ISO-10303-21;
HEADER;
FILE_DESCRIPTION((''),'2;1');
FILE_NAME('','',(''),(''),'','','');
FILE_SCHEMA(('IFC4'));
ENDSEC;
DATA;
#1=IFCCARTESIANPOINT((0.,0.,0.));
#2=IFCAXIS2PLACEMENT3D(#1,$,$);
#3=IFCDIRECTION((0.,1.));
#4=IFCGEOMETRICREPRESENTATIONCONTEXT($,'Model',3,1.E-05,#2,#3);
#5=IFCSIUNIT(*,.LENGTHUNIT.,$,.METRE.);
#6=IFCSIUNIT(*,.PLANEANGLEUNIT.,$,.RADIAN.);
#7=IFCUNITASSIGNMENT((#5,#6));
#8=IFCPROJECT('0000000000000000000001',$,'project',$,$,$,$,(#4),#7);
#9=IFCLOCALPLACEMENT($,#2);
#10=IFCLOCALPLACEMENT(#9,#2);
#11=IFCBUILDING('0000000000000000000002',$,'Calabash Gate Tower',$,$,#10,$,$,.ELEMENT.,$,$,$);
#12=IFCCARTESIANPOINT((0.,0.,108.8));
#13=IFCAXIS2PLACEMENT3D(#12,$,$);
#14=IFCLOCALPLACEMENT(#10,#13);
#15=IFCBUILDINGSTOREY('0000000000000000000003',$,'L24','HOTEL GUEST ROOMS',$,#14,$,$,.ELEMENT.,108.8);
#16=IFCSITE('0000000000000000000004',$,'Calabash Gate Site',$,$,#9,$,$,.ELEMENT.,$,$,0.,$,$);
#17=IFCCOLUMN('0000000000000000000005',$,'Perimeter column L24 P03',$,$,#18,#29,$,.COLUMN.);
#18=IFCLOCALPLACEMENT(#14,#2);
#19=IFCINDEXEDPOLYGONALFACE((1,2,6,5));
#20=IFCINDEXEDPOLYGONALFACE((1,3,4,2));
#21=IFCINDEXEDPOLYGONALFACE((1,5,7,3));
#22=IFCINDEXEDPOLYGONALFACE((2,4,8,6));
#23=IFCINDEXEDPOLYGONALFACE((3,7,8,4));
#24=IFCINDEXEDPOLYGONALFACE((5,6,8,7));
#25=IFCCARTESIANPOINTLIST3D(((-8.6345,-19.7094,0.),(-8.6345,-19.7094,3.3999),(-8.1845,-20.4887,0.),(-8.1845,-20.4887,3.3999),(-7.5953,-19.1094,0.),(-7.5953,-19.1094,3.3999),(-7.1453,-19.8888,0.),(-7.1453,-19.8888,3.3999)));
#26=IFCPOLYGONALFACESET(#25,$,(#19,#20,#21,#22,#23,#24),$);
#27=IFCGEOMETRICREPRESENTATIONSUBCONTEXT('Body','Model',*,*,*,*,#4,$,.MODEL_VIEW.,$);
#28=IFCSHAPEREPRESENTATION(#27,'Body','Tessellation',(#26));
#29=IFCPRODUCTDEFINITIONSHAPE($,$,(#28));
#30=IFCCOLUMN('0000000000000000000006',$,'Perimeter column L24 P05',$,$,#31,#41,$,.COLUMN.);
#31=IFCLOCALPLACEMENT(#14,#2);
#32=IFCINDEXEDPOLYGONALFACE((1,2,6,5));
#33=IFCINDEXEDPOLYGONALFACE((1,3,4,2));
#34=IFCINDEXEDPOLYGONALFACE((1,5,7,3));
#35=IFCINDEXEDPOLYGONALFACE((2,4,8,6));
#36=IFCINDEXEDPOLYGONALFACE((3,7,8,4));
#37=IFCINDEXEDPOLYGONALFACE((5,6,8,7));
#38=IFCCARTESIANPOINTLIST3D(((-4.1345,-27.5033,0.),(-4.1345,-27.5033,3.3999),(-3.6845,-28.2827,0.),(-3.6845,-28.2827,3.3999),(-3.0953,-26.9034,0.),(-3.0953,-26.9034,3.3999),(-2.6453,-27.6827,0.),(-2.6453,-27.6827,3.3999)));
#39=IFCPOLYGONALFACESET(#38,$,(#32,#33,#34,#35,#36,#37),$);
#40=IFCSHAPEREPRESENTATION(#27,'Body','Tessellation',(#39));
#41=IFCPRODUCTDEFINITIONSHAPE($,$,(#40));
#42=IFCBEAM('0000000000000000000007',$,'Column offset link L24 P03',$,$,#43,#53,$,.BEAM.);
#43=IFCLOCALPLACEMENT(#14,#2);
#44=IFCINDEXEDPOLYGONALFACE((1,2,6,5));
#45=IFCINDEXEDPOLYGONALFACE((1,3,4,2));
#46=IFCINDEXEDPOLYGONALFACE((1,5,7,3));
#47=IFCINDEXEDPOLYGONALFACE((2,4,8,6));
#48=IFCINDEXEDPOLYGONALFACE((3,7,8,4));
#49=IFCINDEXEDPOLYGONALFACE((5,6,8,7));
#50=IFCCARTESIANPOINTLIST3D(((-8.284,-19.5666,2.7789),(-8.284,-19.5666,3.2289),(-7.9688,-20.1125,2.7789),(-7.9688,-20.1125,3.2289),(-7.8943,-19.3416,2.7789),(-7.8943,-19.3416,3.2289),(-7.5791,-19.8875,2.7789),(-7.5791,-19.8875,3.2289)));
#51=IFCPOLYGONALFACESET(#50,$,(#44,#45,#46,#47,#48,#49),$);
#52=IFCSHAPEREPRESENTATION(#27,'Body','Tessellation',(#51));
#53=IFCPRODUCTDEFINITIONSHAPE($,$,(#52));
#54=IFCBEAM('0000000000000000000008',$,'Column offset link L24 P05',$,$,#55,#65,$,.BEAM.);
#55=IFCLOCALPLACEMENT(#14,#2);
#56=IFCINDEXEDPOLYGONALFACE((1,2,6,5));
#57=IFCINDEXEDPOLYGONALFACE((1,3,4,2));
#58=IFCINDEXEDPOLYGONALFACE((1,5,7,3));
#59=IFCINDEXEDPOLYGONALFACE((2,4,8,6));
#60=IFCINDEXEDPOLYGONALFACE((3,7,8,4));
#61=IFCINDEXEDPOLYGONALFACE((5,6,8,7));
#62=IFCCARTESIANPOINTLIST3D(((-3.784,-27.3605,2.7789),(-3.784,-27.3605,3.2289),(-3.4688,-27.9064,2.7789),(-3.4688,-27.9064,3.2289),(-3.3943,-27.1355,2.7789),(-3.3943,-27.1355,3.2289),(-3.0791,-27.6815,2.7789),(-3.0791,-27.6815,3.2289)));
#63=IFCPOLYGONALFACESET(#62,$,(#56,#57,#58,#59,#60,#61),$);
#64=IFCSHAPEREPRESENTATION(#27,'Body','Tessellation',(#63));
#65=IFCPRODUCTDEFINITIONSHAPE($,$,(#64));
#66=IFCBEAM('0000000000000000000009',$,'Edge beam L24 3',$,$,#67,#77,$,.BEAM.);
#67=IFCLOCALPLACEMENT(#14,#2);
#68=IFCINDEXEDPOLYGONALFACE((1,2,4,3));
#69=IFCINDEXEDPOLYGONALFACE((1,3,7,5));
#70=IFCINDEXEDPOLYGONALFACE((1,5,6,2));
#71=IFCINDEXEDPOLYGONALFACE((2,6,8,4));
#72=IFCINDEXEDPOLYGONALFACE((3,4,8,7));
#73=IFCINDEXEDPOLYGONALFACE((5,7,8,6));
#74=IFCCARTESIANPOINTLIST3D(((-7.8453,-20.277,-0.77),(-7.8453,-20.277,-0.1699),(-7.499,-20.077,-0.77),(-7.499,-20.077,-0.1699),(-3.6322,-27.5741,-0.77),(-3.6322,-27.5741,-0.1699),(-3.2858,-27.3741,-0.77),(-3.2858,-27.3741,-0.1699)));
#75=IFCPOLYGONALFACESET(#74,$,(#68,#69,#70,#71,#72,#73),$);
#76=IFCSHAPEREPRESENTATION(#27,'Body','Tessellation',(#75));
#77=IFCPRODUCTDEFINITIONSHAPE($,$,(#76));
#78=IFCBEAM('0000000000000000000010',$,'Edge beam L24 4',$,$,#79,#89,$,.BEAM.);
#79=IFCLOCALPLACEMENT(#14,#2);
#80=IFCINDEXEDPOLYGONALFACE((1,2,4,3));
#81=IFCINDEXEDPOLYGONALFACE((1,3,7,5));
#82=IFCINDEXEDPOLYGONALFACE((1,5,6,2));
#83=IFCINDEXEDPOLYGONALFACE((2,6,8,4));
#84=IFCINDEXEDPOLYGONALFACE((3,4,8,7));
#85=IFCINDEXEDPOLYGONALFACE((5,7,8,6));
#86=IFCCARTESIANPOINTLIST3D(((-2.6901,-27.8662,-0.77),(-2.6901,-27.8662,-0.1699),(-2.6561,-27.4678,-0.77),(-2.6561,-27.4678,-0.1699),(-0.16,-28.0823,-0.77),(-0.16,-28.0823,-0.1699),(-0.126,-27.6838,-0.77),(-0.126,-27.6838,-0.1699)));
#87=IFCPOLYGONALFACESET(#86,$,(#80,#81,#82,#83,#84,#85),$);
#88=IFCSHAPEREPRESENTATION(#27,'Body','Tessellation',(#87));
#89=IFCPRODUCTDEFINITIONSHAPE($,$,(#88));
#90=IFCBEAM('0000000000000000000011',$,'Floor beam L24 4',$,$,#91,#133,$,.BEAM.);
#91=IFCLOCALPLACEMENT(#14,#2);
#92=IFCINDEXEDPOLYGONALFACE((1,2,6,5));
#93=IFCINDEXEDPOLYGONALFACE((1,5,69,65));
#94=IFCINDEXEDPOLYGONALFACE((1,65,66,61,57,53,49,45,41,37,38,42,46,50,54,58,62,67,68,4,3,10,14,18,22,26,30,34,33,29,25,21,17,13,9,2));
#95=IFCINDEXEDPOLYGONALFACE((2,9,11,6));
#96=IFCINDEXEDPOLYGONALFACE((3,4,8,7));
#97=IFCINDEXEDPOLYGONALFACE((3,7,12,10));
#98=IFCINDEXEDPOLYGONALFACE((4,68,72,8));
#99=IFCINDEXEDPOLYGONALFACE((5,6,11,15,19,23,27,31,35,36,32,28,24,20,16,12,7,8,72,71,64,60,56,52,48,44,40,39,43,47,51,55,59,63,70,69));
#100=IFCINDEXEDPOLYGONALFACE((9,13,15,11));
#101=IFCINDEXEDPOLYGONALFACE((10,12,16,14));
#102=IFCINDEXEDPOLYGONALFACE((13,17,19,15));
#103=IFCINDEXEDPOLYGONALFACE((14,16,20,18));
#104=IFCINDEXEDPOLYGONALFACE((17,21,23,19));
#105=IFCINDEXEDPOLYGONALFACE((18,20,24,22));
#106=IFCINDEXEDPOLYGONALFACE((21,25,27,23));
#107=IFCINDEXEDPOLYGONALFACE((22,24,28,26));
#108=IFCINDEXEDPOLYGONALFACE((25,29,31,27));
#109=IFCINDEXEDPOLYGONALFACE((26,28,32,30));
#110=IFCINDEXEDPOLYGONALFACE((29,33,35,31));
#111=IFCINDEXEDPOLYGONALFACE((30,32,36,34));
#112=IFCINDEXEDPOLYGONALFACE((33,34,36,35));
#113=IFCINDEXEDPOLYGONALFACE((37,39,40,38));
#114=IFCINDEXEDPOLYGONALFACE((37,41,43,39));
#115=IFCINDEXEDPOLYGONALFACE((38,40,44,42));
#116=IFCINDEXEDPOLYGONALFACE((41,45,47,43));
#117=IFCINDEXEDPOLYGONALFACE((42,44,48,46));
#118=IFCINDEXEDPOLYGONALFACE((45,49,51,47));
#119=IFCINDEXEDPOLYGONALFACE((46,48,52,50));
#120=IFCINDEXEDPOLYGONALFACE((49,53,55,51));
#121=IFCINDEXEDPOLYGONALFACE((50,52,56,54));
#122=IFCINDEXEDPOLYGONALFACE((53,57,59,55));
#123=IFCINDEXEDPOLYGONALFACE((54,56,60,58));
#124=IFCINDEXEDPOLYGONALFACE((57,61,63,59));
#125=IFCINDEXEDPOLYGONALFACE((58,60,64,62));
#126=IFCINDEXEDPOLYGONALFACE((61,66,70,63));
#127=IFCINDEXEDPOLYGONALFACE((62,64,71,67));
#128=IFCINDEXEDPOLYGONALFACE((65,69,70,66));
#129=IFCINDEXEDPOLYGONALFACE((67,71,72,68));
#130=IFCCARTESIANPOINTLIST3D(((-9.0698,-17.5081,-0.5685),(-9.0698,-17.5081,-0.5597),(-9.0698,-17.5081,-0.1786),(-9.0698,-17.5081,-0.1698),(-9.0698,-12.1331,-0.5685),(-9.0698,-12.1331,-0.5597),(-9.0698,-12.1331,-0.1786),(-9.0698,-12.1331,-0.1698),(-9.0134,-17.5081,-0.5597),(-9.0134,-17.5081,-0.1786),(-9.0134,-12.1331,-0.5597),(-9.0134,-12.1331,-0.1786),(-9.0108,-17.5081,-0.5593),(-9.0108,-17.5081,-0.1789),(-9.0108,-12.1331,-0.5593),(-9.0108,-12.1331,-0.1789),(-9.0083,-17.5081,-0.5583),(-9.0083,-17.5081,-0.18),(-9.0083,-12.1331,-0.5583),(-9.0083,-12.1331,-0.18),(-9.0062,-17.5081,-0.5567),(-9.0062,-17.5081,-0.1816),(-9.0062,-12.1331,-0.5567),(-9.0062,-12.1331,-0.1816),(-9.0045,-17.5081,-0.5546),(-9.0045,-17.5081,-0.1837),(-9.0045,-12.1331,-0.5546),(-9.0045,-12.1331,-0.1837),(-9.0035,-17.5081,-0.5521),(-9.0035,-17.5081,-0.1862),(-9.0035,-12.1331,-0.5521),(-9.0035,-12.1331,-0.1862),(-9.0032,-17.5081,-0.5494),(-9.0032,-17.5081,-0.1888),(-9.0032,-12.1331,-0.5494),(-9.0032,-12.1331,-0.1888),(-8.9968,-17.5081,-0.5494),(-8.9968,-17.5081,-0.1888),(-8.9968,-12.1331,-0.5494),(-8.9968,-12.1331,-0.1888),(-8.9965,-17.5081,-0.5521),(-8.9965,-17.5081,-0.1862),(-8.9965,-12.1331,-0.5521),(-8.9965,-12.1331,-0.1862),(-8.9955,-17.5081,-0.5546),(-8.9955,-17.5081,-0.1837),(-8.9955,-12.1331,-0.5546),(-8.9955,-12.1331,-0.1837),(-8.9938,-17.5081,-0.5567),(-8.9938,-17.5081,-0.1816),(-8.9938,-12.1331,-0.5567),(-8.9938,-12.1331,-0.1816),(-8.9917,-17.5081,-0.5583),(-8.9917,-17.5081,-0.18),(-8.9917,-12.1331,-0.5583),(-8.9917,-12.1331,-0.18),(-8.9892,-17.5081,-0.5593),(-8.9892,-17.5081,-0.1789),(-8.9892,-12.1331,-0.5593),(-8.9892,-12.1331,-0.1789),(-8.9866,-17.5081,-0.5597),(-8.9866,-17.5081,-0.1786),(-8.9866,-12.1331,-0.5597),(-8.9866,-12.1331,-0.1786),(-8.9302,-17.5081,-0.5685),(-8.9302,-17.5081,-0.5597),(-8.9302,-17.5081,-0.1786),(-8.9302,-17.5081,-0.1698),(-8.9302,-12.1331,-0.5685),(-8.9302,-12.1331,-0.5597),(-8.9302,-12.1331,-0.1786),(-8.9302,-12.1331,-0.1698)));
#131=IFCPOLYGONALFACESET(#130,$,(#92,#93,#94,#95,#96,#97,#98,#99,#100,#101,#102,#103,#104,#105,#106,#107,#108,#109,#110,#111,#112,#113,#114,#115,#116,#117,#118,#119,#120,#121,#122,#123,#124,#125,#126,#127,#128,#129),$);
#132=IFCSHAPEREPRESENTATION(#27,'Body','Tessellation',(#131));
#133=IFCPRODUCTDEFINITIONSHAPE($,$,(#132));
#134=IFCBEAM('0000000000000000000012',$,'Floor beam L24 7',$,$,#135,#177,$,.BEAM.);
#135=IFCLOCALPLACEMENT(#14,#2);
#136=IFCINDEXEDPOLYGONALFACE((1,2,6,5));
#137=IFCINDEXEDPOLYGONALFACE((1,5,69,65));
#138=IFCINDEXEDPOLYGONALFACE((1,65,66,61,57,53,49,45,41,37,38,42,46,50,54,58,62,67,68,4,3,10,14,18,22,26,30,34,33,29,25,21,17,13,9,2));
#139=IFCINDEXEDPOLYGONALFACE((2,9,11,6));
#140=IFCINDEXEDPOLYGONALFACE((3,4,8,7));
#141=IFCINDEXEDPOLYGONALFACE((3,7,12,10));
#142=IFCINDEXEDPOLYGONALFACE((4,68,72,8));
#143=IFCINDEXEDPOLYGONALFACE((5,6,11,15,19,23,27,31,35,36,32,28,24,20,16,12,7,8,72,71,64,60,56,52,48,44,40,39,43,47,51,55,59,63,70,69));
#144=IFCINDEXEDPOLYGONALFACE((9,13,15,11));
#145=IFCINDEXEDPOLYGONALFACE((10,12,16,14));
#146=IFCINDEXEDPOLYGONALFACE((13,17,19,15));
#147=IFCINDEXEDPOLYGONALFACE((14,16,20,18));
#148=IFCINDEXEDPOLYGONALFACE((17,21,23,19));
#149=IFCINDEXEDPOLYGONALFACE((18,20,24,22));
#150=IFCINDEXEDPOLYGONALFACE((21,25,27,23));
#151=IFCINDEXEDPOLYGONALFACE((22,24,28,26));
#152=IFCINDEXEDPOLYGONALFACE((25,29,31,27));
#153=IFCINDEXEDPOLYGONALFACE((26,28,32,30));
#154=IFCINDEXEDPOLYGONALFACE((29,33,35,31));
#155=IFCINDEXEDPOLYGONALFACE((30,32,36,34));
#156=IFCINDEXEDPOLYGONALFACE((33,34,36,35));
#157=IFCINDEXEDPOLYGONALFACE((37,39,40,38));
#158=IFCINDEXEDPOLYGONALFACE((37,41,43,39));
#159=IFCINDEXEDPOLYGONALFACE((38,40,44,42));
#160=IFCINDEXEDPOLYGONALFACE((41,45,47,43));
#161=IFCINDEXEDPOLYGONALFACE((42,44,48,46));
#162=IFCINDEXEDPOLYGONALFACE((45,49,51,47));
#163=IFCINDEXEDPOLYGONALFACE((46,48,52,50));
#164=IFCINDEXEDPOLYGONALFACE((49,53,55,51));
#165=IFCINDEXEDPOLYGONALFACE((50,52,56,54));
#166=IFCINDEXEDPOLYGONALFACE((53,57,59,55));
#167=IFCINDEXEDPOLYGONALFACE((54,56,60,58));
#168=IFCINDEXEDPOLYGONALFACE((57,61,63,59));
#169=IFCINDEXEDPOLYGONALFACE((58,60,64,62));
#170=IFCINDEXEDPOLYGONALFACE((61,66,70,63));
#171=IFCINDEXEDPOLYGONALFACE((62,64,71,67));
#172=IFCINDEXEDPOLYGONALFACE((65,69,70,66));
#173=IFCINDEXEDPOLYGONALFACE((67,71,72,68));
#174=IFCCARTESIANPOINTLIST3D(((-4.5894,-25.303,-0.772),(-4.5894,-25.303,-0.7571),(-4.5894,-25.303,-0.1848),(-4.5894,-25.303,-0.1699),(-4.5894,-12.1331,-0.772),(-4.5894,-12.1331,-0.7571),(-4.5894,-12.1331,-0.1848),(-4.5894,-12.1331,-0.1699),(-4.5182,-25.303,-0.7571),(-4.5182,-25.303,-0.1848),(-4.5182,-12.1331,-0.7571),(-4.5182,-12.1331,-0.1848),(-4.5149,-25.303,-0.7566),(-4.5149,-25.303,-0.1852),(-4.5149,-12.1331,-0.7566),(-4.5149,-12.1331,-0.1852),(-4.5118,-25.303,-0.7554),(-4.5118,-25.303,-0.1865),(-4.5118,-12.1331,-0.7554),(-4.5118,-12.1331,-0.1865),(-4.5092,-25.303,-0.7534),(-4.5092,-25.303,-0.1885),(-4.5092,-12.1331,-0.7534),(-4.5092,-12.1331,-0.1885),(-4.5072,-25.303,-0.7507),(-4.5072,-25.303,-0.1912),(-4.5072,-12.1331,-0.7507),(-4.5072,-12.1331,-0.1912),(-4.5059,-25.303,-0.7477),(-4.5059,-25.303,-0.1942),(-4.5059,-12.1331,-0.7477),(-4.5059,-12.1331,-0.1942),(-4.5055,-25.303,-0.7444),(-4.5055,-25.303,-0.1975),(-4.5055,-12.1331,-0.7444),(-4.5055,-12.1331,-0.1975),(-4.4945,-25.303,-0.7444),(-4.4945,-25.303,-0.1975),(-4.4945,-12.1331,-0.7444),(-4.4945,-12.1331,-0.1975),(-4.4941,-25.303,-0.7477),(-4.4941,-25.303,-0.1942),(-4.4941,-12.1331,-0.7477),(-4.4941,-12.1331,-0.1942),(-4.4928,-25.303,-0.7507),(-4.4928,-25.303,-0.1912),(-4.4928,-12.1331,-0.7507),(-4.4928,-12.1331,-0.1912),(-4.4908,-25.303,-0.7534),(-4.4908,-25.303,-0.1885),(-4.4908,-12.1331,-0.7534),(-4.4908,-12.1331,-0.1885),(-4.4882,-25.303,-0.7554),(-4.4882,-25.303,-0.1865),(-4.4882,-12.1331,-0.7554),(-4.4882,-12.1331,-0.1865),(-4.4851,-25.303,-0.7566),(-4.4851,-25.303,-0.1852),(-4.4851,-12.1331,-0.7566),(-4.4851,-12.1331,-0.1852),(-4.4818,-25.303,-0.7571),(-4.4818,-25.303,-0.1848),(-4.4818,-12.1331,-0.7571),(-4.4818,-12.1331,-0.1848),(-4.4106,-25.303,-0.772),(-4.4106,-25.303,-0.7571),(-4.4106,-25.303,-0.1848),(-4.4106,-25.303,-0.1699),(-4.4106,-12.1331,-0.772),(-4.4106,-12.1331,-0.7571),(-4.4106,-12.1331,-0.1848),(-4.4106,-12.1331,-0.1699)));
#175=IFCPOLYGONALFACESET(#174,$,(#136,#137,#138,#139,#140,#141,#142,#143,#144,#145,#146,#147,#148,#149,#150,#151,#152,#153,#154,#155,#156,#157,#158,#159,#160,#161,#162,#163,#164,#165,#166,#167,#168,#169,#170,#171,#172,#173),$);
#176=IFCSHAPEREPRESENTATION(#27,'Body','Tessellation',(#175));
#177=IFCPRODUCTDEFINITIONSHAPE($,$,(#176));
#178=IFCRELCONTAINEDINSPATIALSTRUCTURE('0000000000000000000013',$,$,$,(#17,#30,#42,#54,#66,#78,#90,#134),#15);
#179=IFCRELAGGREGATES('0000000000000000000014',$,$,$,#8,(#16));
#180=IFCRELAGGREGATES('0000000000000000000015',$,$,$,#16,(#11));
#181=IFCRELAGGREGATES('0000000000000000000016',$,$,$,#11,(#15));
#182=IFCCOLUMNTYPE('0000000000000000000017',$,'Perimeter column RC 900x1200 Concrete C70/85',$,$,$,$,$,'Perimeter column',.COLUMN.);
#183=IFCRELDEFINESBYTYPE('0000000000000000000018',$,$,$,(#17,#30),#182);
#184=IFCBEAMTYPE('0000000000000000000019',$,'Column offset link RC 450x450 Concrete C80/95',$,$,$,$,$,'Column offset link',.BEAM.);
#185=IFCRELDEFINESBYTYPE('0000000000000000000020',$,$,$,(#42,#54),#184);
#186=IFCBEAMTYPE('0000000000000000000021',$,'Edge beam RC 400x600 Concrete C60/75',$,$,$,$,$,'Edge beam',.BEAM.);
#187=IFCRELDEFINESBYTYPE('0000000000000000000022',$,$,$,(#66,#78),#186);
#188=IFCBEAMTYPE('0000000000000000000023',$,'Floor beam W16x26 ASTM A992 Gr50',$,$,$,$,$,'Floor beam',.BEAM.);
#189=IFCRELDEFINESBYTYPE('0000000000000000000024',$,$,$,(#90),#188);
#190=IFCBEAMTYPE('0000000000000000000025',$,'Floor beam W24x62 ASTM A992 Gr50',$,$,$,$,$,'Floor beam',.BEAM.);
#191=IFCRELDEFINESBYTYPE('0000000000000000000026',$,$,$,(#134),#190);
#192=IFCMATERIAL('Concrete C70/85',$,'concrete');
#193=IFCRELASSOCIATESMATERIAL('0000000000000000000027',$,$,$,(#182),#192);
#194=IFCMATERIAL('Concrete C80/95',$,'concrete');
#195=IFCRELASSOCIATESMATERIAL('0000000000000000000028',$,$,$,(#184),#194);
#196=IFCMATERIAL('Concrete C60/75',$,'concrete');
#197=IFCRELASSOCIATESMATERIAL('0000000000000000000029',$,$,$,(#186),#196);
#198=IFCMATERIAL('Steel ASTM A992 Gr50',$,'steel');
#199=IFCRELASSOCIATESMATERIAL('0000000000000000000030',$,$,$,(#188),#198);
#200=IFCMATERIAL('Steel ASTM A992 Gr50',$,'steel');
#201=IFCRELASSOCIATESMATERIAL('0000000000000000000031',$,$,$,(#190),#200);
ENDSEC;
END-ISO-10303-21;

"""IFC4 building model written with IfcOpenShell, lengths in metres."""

from ifc_helpers import new_model, si_unit, direction, frame, origin, origin_2d, place, context, subcontext, project, spatial, rectangle, i_section, extrude, material, material_profile, profile_set, type_object, element, save


model = new_model("IFC4")

# Units and contexts
model_context = context("Model", 3, precision=1e-05, world=origin(), true_north=direction((0.0, 1.0)))
body_context = subcontext(model_context, "Body", "Model", "MODEL_VIEW")
ifc_project = project(units=[si_unit("LENGTHUNIT", "METRE"), si_unit("PLANEANGLEUNIT", "RADIAN")], contexts=[model_context])

# Site, building, storey
site_placement = place(None, origin())
site = spatial("IfcSite", under=ifc_project, at=site_placement, Name="Calabash Gate Site", CompositionType="ELEMENT", RefElevation=0.0)
building_placement = place(site_placement, origin())
building = spatial("IfcBuilding", under=site, at=building_placement, Name="Calabash Gate Tower", CompositionType="ELEMENT")
storey_placement = place(building_placement, frame((0.0, 0.0, 108.8)))
storey = spatial("IfcBuildingStorey", under=building, at=storey_placement, Name="L24", Description="HOTEL GUEST ROOMS", CompositionType="ELEMENT", Elevation=108.8)

# Columns
ifc_material_1 = material(Name="Concrete C70/85", Category="concrete")
ifc_material_profile_1 = material_profile(ifc_material_1, rectangle(XDim=0.8999, YDim=1.2, at=origin_2d()))
ifc_profile_set_1 = profile_set([ifc_material_profile_1], Name="Concrete C70/85")
column_type = type_object("IfcColumnType", Name="Perimeter column RC 900x1200 Concrete C70/85", ElementType="Perimeter column", PredefinedType="COLUMN", material=ifc_profile_set_1)
for number, where, z_axis, x_axis, name in (
    (1, (-7.8899, -19.7991, 0.0), (0.0, 0.0, 1.0), (0.5, -0.866025, 0.0), "Perimeter column L24 P03"),
    (2, (-3.3899, -27.593, 0.0), (0.0, 0.0, 1.0), (0.5, -0.866025, 0.0), "Perimeter column L24 P05"),
):
    element("IfcColumn", number, at=place(storey_placement, frame(where, z_axis=z_axis, x_axis=x_axis)), inside=storey, type_object=column_type, Name=name, PredefinedType="COLUMN", context=body_context, shape_type="SweptSolid", body=[
        extrude(rectangle(XDim=0.8999, YDim=1.2, at=origin_2d()), origin(), (0.0, 0.0, 1.0), 3.3999),
    ])

# Beams
ifc_material_2 = material(Name="Concrete C80/95", Category="concrete")
ifc_material_profile_2 = material_profile(ifc_material_2, rectangle(XDim=0.45, YDim=0.45, at=origin_2d()))
ifc_profile_set_2 = profile_set([ifc_material_profile_2], Name="Concrete C80/95")
beam_type_1 = type_object("IfcBeamType", Name="Column offset link RC 450x450 Concrete C80/95", ElementType="Column offset link", PredefinedType="BEAM", material=ifc_profile_set_2)
for number, where, z_axis, x_axis, name in (
    (3, (-7.7739, -20.0, 3.0039), (-0.500013, 0.866018, 0.0), (-0.866018, -0.500013, 0.0), "Column offset link L24 P03"),
    (4, (-3.2739, -27.7939, 3.0039), (-0.500013, 0.866018, 0.0), (-0.866018, -0.500013, 0.0), "Column offset link L24 P05"),
):
    element("IfcBeam", number, at=place(storey_placement, frame(where, z_axis=z_axis, x_axis=x_axis)), inside=storey, type_object=beam_type_1, Name=name, PredefinedType="BEAM", context=body_context, shape_type="SweptSolid", body=[
        extrude(rectangle(XDim=0.45, YDim=0.45, at=origin_2d()), origin(), (0.0, 0.0, 1.0), 0.6304),
    ])
ifc_material_3 = material(Name="Concrete C60/75", Category="concrete")
ifc_material_profile_3 = material_profile(ifc_material_3, rectangle(XDim=0.3999, YDim=0.6001, at=origin_2d()))
ifc_profile_set_3 = profile_set([ifc_material_profile_3], Name="Concrete C60/75")
beam_type_2 = type_object("IfcBeamType", Name="Edge beam RC 400x600 Concrete C60/75", ElementType="Edge beam", PredefinedType="BEAM", material=ifc_profile_set_3)
beam_1_placement = place(storey_placement, frame((-7.6721, -20.177, -0.47), z_axis=(0.500013, -0.866018, 0.0), x_axis=(0.866018, 0.500013, 0.0)))
element("IfcBeam", 5, at=beam_1_placement, inside=storey, type_object=beam_type_2, Name="Edge beam L24 3", PredefinedType="BEAM", context=body_context, shape_type="SweptSolid", body=[
    extrude(rectangle(XDim=0.3999, YDim=0.6001, at=origin_2d()), origin(), (0.0, 0.0, 1.0), 8.426),
])
beam_2_placement = place(storey_placement, frame((-2.6731, -27.667, -0.47), z_axis=(0.996373, -0.08509, 0.0), x_axis=(0.08509, 0.996373, 0.0)))
element("IfcBeam", 6, at=beam_2_placement, inside=storey, type_object=beam_type_2, Name="Edge beam L24 4", PredefinedType="BEAM", context=body_context, shape_type="SweptSolid", body=[
    extrude(rectangle(XDim=0.3999, YDim=0.6001, at=origin_2d()), origin(), (0.0, 0.0, 1.0), 2.5393),
])
ifc_material_4 = material(Name="Steel ASTM A992 Gr50", Category="steel")
ifc_material_profile_4 = material_profile(ifc_material_4, i_section(OverallWidth=0.1396, OverallDepth=0.3987, WebThickness=0.0063, FlangeThickness=0.0088, FilletRadius=0.0103, at=origin_2d()))
ifc_profile_set_4 = profile_set([ifc_material_profile_4], Name="Steel ASTM A992 Gr50")
beam_type_3 = type_object("IfcBeamType", Name="Floor beam W16x26 ASTM A992 Gr50", ElementType="Floor beam", PredefinedType="BEAM", material=ifc_profile_set_4)
beam_3_placement = place(storey_placement, frame((-9.0, -17.5081, -0.3691), z_axis=(0.0, 1.0, 0.0), x_axis=(-1.0, 0.0, 0.0)))
element("IfcBeam", 7, at=beam_3_placement, inside=storey, type_object=beam_type_3, Name="Floor beam L24 4", PredefinedType="BEAM", context=body_context, shape_type="SweptSolid", body=[
    extrude(i_section(OverallWidth=0.1396, OverallDepth=0.3987, WebThickness=0.0063, FlangeThickness=0.0088, FilletRadius=0.0103, at=origin_2d()), origin(), (0.0, 0.0, 1.0), 5.375),
])
ifc_material_5 = material(Name="Steel ASTM A992 Gr50", Category="steel")
ifc_material_profile_5 = material_profile(ifc_material_5, i_section(OverallWidth=0.1787, OverallDepth=0.6021, WebThickness=0.011, FlangeThickness=0.0149, FilletRadius=0.0127, at=origin_2d()))
ifc_profile_set_5 = profile_set([ifc_material_profile_5], Name="Steel ASTM A992 Gr50")
beam_type_4 = type_object("IfcBeamType", Name="Floor beam W24x62 ASTM A992 Gr50", ElementType="Floor beam", PredefinedType="BEAM", material=ifc_profile_set_5)
beam_4_placement = place(storey_placement, frame((-4.5, -25.303, -0.4709), z_axis=(0.0, 1.0, 0.0), x_axis=(-1.0, 0.0, 0.0)))
element("IfcBeam", 8, at=beam_4_placement, inside=storey, type_object=beam_type_4, Name="Floor beam L24 7", PredefinedType="BEAM", context=body_context, shape_type="SweptSolid", body=[
    extrude(i_section(OverallWidth=0.1787, OverallDepth=0.6021, WebThickness=0.011, FlangeThickness=0.0149, FilletRadius=0.0127, at=origin_2d()), origin(), (0.0, 0.0, 1.0), 13.1699),
])

save(model, "model.ifc")
